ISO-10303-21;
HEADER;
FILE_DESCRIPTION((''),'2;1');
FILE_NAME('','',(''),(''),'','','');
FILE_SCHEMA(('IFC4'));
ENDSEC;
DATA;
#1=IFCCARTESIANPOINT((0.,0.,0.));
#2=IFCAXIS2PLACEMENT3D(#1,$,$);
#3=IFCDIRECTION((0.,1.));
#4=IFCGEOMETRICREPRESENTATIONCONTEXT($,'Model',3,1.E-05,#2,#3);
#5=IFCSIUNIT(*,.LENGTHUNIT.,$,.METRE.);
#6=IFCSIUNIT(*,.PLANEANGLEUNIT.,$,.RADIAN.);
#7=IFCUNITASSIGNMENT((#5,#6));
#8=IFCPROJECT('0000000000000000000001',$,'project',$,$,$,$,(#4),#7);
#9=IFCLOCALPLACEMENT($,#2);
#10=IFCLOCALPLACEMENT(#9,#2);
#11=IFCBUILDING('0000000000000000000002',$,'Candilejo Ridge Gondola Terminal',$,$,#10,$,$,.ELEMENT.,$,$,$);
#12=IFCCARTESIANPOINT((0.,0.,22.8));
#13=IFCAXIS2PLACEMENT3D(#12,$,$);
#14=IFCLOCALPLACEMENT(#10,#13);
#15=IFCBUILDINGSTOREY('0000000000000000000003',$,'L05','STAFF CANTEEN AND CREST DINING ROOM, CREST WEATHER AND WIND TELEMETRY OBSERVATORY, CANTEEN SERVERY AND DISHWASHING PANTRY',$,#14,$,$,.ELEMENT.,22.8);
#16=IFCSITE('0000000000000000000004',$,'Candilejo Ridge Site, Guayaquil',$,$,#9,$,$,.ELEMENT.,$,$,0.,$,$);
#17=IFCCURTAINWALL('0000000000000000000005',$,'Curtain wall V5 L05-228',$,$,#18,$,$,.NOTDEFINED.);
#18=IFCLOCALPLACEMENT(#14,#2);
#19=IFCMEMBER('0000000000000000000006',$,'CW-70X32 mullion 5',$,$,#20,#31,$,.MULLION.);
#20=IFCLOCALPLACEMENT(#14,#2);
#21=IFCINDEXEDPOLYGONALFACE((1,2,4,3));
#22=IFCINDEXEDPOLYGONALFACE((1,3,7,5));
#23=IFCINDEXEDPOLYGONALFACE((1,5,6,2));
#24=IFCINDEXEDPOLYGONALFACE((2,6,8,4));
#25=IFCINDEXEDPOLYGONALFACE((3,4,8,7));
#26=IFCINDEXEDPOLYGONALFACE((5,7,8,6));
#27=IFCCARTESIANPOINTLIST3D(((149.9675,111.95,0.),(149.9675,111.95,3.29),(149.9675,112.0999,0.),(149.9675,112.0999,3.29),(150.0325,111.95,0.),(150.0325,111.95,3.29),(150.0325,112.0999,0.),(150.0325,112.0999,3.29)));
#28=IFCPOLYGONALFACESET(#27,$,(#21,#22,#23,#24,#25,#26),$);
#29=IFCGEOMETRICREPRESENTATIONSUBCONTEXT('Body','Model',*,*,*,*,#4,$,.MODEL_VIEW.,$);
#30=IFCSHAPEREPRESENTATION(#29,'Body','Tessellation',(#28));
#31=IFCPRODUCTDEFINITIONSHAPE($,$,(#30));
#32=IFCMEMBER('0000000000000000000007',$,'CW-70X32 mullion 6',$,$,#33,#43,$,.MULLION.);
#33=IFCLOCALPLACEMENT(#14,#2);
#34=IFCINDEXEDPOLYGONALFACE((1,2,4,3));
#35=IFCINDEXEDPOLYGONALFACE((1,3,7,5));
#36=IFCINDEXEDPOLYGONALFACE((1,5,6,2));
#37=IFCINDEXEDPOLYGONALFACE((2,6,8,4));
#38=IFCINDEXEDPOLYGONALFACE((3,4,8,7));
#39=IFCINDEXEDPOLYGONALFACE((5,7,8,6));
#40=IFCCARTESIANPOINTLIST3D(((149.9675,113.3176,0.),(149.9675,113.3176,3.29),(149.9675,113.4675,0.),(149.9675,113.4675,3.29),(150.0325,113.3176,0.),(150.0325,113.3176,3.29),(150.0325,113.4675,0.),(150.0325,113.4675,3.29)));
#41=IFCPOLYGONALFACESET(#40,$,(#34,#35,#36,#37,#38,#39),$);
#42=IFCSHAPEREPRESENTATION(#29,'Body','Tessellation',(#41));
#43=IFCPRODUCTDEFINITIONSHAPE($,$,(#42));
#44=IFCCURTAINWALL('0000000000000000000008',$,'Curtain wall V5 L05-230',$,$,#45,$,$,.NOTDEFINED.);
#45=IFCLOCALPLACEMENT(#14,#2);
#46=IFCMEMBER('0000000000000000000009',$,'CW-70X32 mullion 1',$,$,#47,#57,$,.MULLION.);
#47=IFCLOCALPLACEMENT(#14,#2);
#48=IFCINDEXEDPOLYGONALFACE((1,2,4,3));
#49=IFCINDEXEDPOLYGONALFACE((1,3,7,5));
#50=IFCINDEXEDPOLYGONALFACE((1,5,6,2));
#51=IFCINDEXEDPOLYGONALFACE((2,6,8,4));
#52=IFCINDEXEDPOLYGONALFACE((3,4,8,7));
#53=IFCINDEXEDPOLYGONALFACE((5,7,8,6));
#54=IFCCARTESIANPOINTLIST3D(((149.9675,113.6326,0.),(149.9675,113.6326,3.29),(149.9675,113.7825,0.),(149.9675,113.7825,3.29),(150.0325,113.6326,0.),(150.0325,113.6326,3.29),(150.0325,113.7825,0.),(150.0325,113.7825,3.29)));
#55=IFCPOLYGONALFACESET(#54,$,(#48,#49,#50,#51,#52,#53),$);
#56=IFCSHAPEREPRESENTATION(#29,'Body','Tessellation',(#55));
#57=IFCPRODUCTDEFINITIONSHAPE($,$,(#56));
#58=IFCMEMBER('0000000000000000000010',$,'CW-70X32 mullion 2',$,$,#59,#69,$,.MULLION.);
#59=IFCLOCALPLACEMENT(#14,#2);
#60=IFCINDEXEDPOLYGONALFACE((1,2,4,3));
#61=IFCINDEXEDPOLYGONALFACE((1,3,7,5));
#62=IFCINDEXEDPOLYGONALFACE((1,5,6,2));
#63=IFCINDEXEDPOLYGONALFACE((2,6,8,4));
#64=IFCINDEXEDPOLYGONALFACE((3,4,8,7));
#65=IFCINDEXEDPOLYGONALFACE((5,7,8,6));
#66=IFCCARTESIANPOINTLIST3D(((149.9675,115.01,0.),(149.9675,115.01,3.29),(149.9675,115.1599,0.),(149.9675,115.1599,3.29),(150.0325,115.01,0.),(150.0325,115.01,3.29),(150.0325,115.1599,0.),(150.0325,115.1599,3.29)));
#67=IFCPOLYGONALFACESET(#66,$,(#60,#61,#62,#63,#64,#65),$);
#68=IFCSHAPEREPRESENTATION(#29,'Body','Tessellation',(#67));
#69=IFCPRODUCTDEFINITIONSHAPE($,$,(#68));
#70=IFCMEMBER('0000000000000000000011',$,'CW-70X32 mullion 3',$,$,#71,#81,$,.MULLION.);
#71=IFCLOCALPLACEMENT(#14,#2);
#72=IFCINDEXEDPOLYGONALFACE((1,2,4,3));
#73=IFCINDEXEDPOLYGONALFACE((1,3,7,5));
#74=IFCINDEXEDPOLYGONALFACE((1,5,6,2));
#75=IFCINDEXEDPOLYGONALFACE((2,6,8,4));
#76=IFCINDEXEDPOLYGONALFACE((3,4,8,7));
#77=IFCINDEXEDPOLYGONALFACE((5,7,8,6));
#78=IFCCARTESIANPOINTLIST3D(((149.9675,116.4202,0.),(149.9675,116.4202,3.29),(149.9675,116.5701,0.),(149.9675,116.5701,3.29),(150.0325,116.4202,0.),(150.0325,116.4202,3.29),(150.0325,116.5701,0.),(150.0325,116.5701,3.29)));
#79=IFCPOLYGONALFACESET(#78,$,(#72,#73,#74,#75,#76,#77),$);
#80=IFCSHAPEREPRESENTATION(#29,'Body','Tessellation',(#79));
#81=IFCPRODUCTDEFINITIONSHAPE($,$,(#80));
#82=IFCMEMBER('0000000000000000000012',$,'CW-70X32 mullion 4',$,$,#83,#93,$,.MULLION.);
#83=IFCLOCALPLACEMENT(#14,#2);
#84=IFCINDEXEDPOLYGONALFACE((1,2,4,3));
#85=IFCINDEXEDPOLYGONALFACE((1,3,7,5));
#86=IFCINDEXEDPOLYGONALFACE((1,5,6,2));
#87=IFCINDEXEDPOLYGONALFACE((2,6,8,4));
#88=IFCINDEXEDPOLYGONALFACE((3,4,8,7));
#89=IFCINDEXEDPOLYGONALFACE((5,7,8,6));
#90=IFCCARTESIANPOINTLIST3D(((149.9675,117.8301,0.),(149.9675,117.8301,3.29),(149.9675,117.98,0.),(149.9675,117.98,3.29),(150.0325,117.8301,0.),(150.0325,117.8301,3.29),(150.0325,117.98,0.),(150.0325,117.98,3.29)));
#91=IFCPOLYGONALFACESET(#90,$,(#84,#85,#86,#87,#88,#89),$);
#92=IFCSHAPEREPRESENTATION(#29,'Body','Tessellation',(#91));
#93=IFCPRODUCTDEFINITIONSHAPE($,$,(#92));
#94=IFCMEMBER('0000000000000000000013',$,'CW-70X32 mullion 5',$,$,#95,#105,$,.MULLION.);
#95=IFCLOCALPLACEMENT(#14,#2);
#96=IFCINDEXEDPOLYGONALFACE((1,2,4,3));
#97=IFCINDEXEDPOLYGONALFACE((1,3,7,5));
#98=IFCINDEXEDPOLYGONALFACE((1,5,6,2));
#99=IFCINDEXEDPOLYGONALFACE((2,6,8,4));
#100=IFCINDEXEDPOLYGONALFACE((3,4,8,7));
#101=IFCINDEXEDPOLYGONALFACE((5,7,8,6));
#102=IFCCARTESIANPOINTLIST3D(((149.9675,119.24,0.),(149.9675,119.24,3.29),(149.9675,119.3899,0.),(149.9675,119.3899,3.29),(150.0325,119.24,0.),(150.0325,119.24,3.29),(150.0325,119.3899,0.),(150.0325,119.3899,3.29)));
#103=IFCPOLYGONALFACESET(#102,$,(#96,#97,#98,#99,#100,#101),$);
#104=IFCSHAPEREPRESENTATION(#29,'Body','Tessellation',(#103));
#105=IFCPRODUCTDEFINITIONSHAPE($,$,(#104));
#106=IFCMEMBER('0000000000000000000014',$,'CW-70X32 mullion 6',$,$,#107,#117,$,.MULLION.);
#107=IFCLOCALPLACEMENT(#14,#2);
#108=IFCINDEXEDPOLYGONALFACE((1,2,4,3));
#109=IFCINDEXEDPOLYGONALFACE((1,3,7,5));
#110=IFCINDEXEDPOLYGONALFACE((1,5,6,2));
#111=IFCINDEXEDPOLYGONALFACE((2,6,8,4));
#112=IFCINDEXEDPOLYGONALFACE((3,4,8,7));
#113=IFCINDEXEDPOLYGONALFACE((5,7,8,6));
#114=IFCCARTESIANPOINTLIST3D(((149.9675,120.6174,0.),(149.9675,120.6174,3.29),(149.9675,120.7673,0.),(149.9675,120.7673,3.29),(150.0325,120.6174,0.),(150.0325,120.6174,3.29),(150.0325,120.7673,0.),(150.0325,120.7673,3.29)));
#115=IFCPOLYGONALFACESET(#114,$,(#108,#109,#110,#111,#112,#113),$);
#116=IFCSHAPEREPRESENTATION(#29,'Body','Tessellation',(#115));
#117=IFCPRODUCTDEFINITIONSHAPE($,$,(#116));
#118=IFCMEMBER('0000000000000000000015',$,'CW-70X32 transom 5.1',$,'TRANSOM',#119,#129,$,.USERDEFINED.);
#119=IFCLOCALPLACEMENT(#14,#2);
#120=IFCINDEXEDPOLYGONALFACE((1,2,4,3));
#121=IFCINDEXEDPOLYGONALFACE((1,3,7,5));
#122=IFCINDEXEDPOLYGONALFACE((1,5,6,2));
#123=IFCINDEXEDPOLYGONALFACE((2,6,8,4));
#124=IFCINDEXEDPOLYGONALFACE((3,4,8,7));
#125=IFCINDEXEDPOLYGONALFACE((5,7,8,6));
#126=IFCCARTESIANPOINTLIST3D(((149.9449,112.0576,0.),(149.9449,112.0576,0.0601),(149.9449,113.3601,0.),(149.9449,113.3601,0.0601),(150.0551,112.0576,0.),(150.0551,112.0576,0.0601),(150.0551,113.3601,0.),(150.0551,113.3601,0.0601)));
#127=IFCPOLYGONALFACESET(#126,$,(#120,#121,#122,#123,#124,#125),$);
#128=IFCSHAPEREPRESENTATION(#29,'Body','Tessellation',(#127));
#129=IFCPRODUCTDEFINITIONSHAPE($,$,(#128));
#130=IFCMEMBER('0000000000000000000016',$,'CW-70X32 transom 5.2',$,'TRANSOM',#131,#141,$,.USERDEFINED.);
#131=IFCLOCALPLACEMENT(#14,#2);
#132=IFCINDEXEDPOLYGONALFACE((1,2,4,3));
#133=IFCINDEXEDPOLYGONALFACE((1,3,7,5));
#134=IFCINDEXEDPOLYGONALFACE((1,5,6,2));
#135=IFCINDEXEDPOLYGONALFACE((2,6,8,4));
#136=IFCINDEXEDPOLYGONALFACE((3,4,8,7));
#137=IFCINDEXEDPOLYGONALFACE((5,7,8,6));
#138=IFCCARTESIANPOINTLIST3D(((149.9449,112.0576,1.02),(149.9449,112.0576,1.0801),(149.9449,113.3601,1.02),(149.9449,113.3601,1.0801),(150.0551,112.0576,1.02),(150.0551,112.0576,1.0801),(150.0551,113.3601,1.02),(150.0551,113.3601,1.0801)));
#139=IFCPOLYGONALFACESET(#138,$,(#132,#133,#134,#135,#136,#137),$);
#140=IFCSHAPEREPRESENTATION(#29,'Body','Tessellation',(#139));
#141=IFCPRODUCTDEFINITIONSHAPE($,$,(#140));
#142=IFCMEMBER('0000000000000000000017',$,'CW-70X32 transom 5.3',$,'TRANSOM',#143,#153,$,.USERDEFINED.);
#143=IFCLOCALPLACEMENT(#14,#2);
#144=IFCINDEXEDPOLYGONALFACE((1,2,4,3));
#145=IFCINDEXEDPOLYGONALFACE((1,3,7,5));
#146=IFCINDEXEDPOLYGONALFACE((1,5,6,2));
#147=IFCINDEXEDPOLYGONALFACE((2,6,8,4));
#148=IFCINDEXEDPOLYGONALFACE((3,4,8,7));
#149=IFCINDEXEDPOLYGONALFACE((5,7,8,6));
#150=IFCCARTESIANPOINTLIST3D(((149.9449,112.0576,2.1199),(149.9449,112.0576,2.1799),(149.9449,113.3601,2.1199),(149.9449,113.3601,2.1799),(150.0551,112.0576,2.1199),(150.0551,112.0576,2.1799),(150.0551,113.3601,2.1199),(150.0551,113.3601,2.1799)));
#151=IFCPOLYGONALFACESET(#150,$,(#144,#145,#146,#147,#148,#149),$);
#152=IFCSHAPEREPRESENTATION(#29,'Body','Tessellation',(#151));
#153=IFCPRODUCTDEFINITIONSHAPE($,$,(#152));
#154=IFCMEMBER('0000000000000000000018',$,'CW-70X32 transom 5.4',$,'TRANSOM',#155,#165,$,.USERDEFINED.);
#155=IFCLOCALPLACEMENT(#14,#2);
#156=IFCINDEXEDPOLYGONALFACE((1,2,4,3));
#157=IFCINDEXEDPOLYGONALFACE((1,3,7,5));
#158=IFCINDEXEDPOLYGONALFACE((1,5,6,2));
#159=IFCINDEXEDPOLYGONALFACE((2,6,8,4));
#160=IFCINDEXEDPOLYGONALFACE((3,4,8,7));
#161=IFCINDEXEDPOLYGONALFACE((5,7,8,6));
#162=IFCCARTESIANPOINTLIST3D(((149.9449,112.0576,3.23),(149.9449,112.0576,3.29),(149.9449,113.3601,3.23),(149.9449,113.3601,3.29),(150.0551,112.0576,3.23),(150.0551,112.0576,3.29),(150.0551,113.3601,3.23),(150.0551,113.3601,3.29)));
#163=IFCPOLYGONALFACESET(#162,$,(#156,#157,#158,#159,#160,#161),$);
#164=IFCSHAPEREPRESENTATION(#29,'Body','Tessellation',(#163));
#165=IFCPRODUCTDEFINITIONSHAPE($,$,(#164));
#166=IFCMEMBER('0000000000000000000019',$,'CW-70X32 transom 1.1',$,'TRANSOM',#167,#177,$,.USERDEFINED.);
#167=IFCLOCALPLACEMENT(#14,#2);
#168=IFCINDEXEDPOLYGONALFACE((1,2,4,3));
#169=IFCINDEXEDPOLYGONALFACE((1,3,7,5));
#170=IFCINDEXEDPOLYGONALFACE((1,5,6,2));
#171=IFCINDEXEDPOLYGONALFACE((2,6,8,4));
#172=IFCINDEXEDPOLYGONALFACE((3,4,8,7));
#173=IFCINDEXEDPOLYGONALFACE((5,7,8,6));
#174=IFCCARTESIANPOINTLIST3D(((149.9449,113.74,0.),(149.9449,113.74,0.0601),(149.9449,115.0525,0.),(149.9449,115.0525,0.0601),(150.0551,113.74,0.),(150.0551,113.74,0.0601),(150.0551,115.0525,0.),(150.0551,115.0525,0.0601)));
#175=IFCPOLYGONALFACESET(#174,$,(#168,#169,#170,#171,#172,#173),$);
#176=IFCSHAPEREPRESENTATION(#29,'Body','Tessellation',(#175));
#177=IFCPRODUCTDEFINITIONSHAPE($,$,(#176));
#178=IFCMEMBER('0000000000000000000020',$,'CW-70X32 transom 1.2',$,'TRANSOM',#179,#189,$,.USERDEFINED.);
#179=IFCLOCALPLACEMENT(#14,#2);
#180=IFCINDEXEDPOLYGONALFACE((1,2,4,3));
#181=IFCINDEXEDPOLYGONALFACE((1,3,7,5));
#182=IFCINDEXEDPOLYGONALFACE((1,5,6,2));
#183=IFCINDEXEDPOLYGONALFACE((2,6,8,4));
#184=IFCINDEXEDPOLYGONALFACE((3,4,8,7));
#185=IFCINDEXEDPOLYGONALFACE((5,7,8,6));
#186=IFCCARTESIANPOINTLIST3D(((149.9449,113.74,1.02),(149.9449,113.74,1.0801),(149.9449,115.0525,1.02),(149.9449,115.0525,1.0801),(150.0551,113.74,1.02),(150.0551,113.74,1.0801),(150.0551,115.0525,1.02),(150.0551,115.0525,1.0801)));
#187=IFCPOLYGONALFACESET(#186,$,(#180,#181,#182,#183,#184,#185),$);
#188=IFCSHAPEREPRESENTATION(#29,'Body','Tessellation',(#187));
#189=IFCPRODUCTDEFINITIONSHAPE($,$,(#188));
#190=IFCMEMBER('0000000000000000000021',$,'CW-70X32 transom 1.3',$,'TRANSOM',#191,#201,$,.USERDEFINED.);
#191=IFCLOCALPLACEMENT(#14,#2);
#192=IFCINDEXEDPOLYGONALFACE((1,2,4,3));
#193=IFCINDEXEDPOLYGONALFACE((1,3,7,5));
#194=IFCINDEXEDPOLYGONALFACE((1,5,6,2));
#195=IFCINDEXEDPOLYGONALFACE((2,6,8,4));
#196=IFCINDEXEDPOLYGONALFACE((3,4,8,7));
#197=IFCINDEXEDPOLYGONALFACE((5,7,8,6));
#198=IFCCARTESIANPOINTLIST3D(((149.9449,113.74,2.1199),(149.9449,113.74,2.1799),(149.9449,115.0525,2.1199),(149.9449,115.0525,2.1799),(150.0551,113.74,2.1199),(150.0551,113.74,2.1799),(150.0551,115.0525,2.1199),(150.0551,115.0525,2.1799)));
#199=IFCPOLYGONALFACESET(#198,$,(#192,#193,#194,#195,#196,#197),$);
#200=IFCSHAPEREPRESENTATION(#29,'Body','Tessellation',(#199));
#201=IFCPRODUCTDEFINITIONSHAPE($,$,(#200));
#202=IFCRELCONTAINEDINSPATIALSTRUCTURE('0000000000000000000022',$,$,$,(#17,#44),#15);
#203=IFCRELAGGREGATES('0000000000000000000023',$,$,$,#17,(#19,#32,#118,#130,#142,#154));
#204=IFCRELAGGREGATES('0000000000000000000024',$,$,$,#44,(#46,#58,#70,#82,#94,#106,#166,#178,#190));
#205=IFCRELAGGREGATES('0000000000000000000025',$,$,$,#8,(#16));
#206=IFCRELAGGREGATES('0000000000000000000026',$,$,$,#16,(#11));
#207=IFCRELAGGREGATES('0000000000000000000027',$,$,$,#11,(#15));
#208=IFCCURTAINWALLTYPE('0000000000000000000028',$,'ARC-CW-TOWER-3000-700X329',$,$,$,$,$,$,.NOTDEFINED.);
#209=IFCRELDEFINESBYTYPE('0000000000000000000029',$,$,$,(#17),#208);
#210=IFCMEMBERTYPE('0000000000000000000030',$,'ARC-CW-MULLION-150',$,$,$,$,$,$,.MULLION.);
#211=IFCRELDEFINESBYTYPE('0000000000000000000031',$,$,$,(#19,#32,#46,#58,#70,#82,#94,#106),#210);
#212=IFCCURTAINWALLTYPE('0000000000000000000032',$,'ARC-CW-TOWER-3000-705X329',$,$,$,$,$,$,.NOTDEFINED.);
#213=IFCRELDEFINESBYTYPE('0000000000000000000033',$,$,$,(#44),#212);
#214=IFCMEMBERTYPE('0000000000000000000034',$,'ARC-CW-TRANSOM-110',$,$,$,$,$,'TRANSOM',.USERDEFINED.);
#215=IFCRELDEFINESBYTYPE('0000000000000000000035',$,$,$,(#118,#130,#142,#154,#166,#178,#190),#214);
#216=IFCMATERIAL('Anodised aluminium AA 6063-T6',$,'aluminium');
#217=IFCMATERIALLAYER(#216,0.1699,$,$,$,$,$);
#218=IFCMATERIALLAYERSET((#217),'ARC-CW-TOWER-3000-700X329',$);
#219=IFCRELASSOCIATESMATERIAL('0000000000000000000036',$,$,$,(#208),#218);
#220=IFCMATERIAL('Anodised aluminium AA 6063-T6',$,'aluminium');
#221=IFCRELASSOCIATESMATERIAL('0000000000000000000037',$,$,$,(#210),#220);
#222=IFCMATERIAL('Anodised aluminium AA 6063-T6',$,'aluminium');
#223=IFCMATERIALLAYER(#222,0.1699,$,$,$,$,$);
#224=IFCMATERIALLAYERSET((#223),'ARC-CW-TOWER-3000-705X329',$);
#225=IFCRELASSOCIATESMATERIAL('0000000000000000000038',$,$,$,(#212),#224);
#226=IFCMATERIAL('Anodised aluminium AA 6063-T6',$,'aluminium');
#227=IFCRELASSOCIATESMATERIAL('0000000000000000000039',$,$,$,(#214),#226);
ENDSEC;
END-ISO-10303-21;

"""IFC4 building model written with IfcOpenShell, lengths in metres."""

from ifc_helpers import new_model, si_unit, direction, frame, origin, origin_2d, place, context, subcontext, project, spatial, rectangle, extrude, material, layer, layer_set, material_profile, profile_set, type_object, element, aggregate, save


model = new_model("IFC4")

# Units and contexts
model_context = context("Model", 3, precision=1e-05, world=origin(), true_north=direction((0.0, 1.0)))
body_context = subcontext(model_context, "Body", "Model", "MODEL_VIEW")
ifc_project = project(units=[si_unit("LENGTHUNIT", "METRE"), si_unit("PLANEANGLEUNIT", "RADIAN")], contexts=[model_context])

# Site, building, storey
site_placement = place(None, origin())
site = spatial("IfcSite", under=ifc_project, at=site_placement, Name="Candilejo Ridge Site, Guayaquil", CompositionType="ELEMENT", RefElevation=0.0)
building_placement = place(site_placement, origin())
building = spatial("IfcBuilding", under=site, at=building_placement, Name="Candilejo Ridge Gondola Terminal", CompositionType="ELEMENT")
storey_placement = place(building_placement, frame((0.0, 0.0, 22.8)))
storey = spatial("IfcBuildingStorey", under=building, at=storey_placement, Name="L05", Description="STAFF CANTEEN AND CREST DINING ROOM, CREST WEATHER AND WIND TELEMETRY OBSERVATORY, CANTEEN SERVERY AND DISHWASHING PANTRY", CompositionType="ELEMENT", Elevation=22.8)

# Curtain walls, members
ifc_material_1 = material(Name="Anodised aluminium AA 6063-T6", Category="aluminium")
ifc_layer_1 = layer(ifc_material_1, 0.1699)
ifc_layer_set_1 = layer_set([ifc_layer_1], Name="ARC-CW-TOWER-3000-700X329")
curtain_wall_type_1 = type_object("IfcCurtainWallType", Name="ARC-CW-TOWER-3000-700X329", PredefinedType="NOTDEFINED", material=ifc_layer_set_1)
curtain_wall_1_placement = place(storey_placement, origin())
curtain_wall_1 = element("IfcCurtainWall", 1, at=curtain_wall_1_placement, inside=storey, type_object=curtain_wall_type_1, Name="Curtain wall V5 L05-228", PredefinedType="NOTDEFINED")
ifc_material_2 = material(Name="Anodised aluminium AA 6063-T6", Category="aluminium")
ifc_material_profile_1 = material_profile(ifc_material_2, rectangle(XDim=0.0649, YDim=0.1499, at=origin_2d()))
ifc_profile_set_1 = profile_set([ifc_material_profile_1], Name="Anodised aluminium AA 6063-T6")
member_type_1 = type_object("IfcMemberType", Name="ARC-CW-MULLION-150", PredefinedType="MULLION", material=ifc_profile_set_1)
member_1_placement = place(storey_placement, frame((150.0, 112.0249, 0.0), z_axis=(0.0, 0.0, 1.0), x_axis=(-1.0, 0.0, 0.0)))
member_1 = element("IfcMember", 2, at=member_1_placement, type_object=member_type_1, Name="CW-70X32 mullion 5", PredefinedType="MULLION", context=body_context, shape_type="SweptSolid", body=[
    extrude(rectangle(XDim=0.0649, YDim=0.1499, at=origin_2d()), origin(), (0.0, 0.0, 1.0), 3.29),
])
member_2_placement = place(storey_placement, frame((150.0, 113.3926, 0.0), z_axis=(0.0, 0.0, 1.0), x_axis=(-1.0, 0.0, 0.0)))
member_2 = element("IfcMember", 3, at=member_2_placement, type_object=member_type_1, Name="CW-70X32 mullion 6", PredefinedType="MULLION", context=body_context, shape_type="SweptSolid", body=[
    extrude(rectangle(XDim=0.0649, YDim=0.1499, at=origin_2d()), origin(), (0.0, 0.0, 1.0), 3.29),
])
ifc_material_3 = material(Name="Anodised aluminium AA 6063-T6", Category="aluminium")
ifc_layer_2 = layer(ifc_material_3, 0.1699)
ifc_layer_set_2 = layer_set([ifc_layer_2], Name="ARC-CW-TOWER-3000-705X329")
curtain_wall_type_2 = type_object("IfcCurtainWallType", Name="ARC-CW-TOWER-3000-705X329", PredefinedType="NOTDEFINED", material=ifc_layer_set_2)
curtain_wall_2_placement = place(storey_placement, origin())
curtain_wall_2 = element("IfcCurtainWall", 4, at=curtain_wall_2_placement, inside=storey, type_object=curtain_wall_type_2, Name="Curtain wall V5 L05-230", PredefinedType="NOTDEFINED")
member_3_placement = place(storey_placement, frame((150.0, 113.7075, 0.0), z_axis=(0.0, 0.0, 1.0), x_axis=(-1.0, 0.0, 0.0)))
member_3 = element("IfcMember", 5, at=member_3_placement, type_object=member_type_1, Name="CW-70X32 mullion 1", PredefinedType="MULLION", context=body_context, shape_type="SweptSolid", body=[
    extrude(rectangle(XDim=0.0649, YDim=0.1499, at=origin_2d()), origin(), (0.0, 0.0, 1.0), 3.29),
])
member_4_placement = place(storey_placement, frame((150.0, 115.085, 0.0), z_axis=(0.0, 0.0, 1.0), x_axis=(-1.0, 0.0, 0.0)))
member_4 = element("IfcMember", 6, at=member_4_placement, type_object=member_type_1, Name="CW-70X32 mullion 2", PredefinedType="MULLION", context=body_context, shape_type="SweptSolid", body=[
    extrude(rectangle(XDim=0.0649, YDim=0.1499, at=origin_2d()), origin(), (0.0, 0.0, 1.0), 3.29),
])
member_5_placement = place(storey_placement, frame((150.0, 116.4951, 0.0), z_axis=(0.0, 0.0, 1.0), x_axis=(-1.0, 0.0, 0.0)))
member_5 = element("IfcMember", 7, at=member_5_placement, type_object=member_type_1, Name="CW-70X32 mullion 3", PredefinedType="MULLION", context=body_context, shape_type="SweptSolid", body=[
    extrude(rectangle(XDim=0.0649, YDim=0.1499, at=origin_2d()), origin(), (0.0, 0.0, 1.0), 3.29),
])
member_6_placement = place(storey_placement, frame((150.0, 117.905, 0.0), z_axis=(0.0, 0.0, 1.0), x_axis=(-1.0, 0.0, 0.0)))
member_6 = element("IfcMember", 8, at=member_6_placement, type_object=member_type_1, Name="CW-70X32 mullion 4", PredefinedType="MULLION", context=body_context, shape_type="SweptSolid", body=[
    extrude(rectangle(XDim=0.0649, YDim=0.1499, at=origin_2d()), origin(), (0.0, 0.0, 1.0), 3.29),
])
member_7_placement = place(storey_placement, frame((150.0, 119.3149, 0.0), z_axis=(0.0, 0.0, 1.0), x_axis=(-1.0, 0.0, 0.0)))
member_7 = element("IfcMember", 9, at=member_7_placement, type_object=member_type_1, Name="CW-70X32 mullion 5", PredefinedType="MULLION", context=body_context, shape_type="SweptSolid", body=[
    extrude(rectangle(XDim=0.0649, YDim=0.1499, at=origin_2d()), origin(), (0.0, 0.0, 1.0), 3.29),
])
member_8_placement = place(storey_placement, frame((150.0, 120.6924, 0.0), z_axis=(0.0, 0.0, 1.0), x_axis=(-1.0, 0.0, 0.0)))
member_8 = element("IfcMember", 10, at=member_8_placement, type_object=member_type_1, Name="CW-70X32 mullion 6", PredefinedType="MULLION", context=body_context, shape_type="SweptSolid", body=[
    extrude(rectangle(XDim=0.0649, YDim=0.1499, at=origin_2d()), origin(), (0.0, 0.0, 1.0), 3.29),
])

# Members
ifc_material_4 = material(Name="Anodised aluminium AA 6063-T6", Category="aluminium")
ifc_material_profile_2 = material_profile(ifc_material_4, rectangle(XDim=0.1101, YDim=0.0601, at=origin_2d()))
ifc_profile_set_2 = profile_set([ifc_material_profile_2], Name="Anodised aluminium AA 6063-T6")
member_type_2 = type_object("IfcMemberType", Name="ARC-CW-TRANSOM-110", ElementType="TRANSOM", PredefinedType="USERDEFINED", material=ifc_profile_set_2)
member_9_placement = place(storey_placement, frame((150.0, 112.0576, 0.03), z_axis=(0.0, 1.0, 0.0), x_axis=(-1.0, 0.0, 0.0)))
member_9 = element("IfcMember", 11, at=member_9_placement, type_object=member_type_2, Name="CW-70X32 transom 5.1", ObjectType="TRANSOM", PredefinedType="USERDEFINED", context=body_context, shape_type="SweptSolid", body=[
    extrude(rectangle(XDim=0.1101, YDim=0.0601, at=origin_2d()), origin(), (0.0, 0.0, 1.0), 1.3025),
])
member_10_placement = place(storey_placement, frame((150.0, 112.0576, 1.05), z_axis=(0.0, 1.0, 0.0), x_axis=(-1.0, 0.0, 0.0)))
member_10 = element("IfcMember", 12, at=member_10_placement, type_object=member_type_2, Name="CW-70X32 transom 5.2", ObjectType="TRANSOM", PredefinedType="USERDEFINED", context=body_context, shape_type="SweptSolid", body=[
    extrude(rectangle(XDim=0.1101, YDim=0.0601, at=origin_2d()), origin(), (0.0, 0.0, 1.0), 1.3025),
])
member_11_placement = place(storey_placement, frame((150.0, 112.0576, 2.1499), z_axis=(0.0, 1.0, 0.0), x_axis=(-1.0, 0.0, 0.0)))
member_11 = element("IfcMember", 13, at=member_11_placement, type_object=member_type_2, Name="CW-70X32 transom 5.3", ObjectType="TRANSOM", PredefinedType="USERDEFINED", context=body_context, shape_type="SweptSolid", body=[
    extrude(rectangle(XDim=0.1101, YDim=0.0601, at=origin_2d()), origin(), (0.0, 0.0, 1.0), 1.3025),
])
member_12_placement = place(storey_placement, frame((150.0, 112.0576, 3.26), z_axis=(0.0, 1.0, 0.0), x_axis=(-1.0, 0.0, 0.0)))
member_12 = element("IfcMember", 14, at=member_12_placement, type_object=member_type_2, Name="CW-70X32 transom 5.4", ObjectType="TRANSOM", PredefinedType="USERDEFINED", context=body_context, shape_type="SweptSolid", body=[
    extrude(rectangle(XDim=0.1101, YDim=0.0601, at=origin_2d()), origin(), (0.0, 0.0, 1.0), 1.3025),
])
member_13_placement = place(storey_placement, frame((150.0, 113.74, 0.03), z_axis=(0.0, 1.0, 0.0), x_axis=(-1.0, 0.0, 0.0)))
member_13 = element("IfcMember", 15, at=member_13_placement, type_object=member_type_2, Name="CW-70X32 transom 1.1", ObjectType="TRANSOM", PredefinedType="USERDEFINED", context=body_context, shape_type="SweptSolid", body=[
    extrude(rectangle(XDim=0.1101, YDim=0.0601, at=origin_2d()), origin(), (0.0, 0.0, 1.0), 1.3125),
])
member_14_placement = place(storey_placement, frame((150.0, 113.74, 1.05), z_axis=(0.0, 1.0, 0.0), x_axis=(-1.0, 0.0, 0.0)))
member_14 = element("IfcMember", 16, at=member_14_placement, type_object=member_type_2, Name="CW-70X32 transom 1.2", ObjectType="TRANSOM", PredefinedType="USERDEFINED", context=body_context, shape_type="SweptSolid", body=[
    extrude(rectangle(XDim=0.1101, YDim=0.0601, at=origin_2d()), origin(), (0.0, 0.0, 1.0), 1.3125),
])
member_15_placement = place(storey_placement, frame((150.0, 113.74, 2.1499), z_axis=(0.0, 1.0, 0.0), x_axis=(-1.0, 0.0, 0.0)))
member_15 = element("IfcMember", 17, at=member_15_placement, type_object=member_type_2, Name="CW-70X32 transom 1.3", ObjectType="TRANSOM", PredefinedType="USERDEFINED", context=body_context, shape_type="SweptSolid", body=[
    extrude(rectangle(XDim=0.1101, YDim=0.0601, at=origin_2d()), origin(), (0.0, 0.0, 1.0), 1.3125),
])

aggregate(curtain_wall_1, [member_1, member_2, member_9, member_10, member_11, member_12])
aggregate(curtain_wall_2, [member_3, member_4, member_5, member_6, member_7, member_8, member_13, member_14, member_15])

save(model, "model.ifc")
